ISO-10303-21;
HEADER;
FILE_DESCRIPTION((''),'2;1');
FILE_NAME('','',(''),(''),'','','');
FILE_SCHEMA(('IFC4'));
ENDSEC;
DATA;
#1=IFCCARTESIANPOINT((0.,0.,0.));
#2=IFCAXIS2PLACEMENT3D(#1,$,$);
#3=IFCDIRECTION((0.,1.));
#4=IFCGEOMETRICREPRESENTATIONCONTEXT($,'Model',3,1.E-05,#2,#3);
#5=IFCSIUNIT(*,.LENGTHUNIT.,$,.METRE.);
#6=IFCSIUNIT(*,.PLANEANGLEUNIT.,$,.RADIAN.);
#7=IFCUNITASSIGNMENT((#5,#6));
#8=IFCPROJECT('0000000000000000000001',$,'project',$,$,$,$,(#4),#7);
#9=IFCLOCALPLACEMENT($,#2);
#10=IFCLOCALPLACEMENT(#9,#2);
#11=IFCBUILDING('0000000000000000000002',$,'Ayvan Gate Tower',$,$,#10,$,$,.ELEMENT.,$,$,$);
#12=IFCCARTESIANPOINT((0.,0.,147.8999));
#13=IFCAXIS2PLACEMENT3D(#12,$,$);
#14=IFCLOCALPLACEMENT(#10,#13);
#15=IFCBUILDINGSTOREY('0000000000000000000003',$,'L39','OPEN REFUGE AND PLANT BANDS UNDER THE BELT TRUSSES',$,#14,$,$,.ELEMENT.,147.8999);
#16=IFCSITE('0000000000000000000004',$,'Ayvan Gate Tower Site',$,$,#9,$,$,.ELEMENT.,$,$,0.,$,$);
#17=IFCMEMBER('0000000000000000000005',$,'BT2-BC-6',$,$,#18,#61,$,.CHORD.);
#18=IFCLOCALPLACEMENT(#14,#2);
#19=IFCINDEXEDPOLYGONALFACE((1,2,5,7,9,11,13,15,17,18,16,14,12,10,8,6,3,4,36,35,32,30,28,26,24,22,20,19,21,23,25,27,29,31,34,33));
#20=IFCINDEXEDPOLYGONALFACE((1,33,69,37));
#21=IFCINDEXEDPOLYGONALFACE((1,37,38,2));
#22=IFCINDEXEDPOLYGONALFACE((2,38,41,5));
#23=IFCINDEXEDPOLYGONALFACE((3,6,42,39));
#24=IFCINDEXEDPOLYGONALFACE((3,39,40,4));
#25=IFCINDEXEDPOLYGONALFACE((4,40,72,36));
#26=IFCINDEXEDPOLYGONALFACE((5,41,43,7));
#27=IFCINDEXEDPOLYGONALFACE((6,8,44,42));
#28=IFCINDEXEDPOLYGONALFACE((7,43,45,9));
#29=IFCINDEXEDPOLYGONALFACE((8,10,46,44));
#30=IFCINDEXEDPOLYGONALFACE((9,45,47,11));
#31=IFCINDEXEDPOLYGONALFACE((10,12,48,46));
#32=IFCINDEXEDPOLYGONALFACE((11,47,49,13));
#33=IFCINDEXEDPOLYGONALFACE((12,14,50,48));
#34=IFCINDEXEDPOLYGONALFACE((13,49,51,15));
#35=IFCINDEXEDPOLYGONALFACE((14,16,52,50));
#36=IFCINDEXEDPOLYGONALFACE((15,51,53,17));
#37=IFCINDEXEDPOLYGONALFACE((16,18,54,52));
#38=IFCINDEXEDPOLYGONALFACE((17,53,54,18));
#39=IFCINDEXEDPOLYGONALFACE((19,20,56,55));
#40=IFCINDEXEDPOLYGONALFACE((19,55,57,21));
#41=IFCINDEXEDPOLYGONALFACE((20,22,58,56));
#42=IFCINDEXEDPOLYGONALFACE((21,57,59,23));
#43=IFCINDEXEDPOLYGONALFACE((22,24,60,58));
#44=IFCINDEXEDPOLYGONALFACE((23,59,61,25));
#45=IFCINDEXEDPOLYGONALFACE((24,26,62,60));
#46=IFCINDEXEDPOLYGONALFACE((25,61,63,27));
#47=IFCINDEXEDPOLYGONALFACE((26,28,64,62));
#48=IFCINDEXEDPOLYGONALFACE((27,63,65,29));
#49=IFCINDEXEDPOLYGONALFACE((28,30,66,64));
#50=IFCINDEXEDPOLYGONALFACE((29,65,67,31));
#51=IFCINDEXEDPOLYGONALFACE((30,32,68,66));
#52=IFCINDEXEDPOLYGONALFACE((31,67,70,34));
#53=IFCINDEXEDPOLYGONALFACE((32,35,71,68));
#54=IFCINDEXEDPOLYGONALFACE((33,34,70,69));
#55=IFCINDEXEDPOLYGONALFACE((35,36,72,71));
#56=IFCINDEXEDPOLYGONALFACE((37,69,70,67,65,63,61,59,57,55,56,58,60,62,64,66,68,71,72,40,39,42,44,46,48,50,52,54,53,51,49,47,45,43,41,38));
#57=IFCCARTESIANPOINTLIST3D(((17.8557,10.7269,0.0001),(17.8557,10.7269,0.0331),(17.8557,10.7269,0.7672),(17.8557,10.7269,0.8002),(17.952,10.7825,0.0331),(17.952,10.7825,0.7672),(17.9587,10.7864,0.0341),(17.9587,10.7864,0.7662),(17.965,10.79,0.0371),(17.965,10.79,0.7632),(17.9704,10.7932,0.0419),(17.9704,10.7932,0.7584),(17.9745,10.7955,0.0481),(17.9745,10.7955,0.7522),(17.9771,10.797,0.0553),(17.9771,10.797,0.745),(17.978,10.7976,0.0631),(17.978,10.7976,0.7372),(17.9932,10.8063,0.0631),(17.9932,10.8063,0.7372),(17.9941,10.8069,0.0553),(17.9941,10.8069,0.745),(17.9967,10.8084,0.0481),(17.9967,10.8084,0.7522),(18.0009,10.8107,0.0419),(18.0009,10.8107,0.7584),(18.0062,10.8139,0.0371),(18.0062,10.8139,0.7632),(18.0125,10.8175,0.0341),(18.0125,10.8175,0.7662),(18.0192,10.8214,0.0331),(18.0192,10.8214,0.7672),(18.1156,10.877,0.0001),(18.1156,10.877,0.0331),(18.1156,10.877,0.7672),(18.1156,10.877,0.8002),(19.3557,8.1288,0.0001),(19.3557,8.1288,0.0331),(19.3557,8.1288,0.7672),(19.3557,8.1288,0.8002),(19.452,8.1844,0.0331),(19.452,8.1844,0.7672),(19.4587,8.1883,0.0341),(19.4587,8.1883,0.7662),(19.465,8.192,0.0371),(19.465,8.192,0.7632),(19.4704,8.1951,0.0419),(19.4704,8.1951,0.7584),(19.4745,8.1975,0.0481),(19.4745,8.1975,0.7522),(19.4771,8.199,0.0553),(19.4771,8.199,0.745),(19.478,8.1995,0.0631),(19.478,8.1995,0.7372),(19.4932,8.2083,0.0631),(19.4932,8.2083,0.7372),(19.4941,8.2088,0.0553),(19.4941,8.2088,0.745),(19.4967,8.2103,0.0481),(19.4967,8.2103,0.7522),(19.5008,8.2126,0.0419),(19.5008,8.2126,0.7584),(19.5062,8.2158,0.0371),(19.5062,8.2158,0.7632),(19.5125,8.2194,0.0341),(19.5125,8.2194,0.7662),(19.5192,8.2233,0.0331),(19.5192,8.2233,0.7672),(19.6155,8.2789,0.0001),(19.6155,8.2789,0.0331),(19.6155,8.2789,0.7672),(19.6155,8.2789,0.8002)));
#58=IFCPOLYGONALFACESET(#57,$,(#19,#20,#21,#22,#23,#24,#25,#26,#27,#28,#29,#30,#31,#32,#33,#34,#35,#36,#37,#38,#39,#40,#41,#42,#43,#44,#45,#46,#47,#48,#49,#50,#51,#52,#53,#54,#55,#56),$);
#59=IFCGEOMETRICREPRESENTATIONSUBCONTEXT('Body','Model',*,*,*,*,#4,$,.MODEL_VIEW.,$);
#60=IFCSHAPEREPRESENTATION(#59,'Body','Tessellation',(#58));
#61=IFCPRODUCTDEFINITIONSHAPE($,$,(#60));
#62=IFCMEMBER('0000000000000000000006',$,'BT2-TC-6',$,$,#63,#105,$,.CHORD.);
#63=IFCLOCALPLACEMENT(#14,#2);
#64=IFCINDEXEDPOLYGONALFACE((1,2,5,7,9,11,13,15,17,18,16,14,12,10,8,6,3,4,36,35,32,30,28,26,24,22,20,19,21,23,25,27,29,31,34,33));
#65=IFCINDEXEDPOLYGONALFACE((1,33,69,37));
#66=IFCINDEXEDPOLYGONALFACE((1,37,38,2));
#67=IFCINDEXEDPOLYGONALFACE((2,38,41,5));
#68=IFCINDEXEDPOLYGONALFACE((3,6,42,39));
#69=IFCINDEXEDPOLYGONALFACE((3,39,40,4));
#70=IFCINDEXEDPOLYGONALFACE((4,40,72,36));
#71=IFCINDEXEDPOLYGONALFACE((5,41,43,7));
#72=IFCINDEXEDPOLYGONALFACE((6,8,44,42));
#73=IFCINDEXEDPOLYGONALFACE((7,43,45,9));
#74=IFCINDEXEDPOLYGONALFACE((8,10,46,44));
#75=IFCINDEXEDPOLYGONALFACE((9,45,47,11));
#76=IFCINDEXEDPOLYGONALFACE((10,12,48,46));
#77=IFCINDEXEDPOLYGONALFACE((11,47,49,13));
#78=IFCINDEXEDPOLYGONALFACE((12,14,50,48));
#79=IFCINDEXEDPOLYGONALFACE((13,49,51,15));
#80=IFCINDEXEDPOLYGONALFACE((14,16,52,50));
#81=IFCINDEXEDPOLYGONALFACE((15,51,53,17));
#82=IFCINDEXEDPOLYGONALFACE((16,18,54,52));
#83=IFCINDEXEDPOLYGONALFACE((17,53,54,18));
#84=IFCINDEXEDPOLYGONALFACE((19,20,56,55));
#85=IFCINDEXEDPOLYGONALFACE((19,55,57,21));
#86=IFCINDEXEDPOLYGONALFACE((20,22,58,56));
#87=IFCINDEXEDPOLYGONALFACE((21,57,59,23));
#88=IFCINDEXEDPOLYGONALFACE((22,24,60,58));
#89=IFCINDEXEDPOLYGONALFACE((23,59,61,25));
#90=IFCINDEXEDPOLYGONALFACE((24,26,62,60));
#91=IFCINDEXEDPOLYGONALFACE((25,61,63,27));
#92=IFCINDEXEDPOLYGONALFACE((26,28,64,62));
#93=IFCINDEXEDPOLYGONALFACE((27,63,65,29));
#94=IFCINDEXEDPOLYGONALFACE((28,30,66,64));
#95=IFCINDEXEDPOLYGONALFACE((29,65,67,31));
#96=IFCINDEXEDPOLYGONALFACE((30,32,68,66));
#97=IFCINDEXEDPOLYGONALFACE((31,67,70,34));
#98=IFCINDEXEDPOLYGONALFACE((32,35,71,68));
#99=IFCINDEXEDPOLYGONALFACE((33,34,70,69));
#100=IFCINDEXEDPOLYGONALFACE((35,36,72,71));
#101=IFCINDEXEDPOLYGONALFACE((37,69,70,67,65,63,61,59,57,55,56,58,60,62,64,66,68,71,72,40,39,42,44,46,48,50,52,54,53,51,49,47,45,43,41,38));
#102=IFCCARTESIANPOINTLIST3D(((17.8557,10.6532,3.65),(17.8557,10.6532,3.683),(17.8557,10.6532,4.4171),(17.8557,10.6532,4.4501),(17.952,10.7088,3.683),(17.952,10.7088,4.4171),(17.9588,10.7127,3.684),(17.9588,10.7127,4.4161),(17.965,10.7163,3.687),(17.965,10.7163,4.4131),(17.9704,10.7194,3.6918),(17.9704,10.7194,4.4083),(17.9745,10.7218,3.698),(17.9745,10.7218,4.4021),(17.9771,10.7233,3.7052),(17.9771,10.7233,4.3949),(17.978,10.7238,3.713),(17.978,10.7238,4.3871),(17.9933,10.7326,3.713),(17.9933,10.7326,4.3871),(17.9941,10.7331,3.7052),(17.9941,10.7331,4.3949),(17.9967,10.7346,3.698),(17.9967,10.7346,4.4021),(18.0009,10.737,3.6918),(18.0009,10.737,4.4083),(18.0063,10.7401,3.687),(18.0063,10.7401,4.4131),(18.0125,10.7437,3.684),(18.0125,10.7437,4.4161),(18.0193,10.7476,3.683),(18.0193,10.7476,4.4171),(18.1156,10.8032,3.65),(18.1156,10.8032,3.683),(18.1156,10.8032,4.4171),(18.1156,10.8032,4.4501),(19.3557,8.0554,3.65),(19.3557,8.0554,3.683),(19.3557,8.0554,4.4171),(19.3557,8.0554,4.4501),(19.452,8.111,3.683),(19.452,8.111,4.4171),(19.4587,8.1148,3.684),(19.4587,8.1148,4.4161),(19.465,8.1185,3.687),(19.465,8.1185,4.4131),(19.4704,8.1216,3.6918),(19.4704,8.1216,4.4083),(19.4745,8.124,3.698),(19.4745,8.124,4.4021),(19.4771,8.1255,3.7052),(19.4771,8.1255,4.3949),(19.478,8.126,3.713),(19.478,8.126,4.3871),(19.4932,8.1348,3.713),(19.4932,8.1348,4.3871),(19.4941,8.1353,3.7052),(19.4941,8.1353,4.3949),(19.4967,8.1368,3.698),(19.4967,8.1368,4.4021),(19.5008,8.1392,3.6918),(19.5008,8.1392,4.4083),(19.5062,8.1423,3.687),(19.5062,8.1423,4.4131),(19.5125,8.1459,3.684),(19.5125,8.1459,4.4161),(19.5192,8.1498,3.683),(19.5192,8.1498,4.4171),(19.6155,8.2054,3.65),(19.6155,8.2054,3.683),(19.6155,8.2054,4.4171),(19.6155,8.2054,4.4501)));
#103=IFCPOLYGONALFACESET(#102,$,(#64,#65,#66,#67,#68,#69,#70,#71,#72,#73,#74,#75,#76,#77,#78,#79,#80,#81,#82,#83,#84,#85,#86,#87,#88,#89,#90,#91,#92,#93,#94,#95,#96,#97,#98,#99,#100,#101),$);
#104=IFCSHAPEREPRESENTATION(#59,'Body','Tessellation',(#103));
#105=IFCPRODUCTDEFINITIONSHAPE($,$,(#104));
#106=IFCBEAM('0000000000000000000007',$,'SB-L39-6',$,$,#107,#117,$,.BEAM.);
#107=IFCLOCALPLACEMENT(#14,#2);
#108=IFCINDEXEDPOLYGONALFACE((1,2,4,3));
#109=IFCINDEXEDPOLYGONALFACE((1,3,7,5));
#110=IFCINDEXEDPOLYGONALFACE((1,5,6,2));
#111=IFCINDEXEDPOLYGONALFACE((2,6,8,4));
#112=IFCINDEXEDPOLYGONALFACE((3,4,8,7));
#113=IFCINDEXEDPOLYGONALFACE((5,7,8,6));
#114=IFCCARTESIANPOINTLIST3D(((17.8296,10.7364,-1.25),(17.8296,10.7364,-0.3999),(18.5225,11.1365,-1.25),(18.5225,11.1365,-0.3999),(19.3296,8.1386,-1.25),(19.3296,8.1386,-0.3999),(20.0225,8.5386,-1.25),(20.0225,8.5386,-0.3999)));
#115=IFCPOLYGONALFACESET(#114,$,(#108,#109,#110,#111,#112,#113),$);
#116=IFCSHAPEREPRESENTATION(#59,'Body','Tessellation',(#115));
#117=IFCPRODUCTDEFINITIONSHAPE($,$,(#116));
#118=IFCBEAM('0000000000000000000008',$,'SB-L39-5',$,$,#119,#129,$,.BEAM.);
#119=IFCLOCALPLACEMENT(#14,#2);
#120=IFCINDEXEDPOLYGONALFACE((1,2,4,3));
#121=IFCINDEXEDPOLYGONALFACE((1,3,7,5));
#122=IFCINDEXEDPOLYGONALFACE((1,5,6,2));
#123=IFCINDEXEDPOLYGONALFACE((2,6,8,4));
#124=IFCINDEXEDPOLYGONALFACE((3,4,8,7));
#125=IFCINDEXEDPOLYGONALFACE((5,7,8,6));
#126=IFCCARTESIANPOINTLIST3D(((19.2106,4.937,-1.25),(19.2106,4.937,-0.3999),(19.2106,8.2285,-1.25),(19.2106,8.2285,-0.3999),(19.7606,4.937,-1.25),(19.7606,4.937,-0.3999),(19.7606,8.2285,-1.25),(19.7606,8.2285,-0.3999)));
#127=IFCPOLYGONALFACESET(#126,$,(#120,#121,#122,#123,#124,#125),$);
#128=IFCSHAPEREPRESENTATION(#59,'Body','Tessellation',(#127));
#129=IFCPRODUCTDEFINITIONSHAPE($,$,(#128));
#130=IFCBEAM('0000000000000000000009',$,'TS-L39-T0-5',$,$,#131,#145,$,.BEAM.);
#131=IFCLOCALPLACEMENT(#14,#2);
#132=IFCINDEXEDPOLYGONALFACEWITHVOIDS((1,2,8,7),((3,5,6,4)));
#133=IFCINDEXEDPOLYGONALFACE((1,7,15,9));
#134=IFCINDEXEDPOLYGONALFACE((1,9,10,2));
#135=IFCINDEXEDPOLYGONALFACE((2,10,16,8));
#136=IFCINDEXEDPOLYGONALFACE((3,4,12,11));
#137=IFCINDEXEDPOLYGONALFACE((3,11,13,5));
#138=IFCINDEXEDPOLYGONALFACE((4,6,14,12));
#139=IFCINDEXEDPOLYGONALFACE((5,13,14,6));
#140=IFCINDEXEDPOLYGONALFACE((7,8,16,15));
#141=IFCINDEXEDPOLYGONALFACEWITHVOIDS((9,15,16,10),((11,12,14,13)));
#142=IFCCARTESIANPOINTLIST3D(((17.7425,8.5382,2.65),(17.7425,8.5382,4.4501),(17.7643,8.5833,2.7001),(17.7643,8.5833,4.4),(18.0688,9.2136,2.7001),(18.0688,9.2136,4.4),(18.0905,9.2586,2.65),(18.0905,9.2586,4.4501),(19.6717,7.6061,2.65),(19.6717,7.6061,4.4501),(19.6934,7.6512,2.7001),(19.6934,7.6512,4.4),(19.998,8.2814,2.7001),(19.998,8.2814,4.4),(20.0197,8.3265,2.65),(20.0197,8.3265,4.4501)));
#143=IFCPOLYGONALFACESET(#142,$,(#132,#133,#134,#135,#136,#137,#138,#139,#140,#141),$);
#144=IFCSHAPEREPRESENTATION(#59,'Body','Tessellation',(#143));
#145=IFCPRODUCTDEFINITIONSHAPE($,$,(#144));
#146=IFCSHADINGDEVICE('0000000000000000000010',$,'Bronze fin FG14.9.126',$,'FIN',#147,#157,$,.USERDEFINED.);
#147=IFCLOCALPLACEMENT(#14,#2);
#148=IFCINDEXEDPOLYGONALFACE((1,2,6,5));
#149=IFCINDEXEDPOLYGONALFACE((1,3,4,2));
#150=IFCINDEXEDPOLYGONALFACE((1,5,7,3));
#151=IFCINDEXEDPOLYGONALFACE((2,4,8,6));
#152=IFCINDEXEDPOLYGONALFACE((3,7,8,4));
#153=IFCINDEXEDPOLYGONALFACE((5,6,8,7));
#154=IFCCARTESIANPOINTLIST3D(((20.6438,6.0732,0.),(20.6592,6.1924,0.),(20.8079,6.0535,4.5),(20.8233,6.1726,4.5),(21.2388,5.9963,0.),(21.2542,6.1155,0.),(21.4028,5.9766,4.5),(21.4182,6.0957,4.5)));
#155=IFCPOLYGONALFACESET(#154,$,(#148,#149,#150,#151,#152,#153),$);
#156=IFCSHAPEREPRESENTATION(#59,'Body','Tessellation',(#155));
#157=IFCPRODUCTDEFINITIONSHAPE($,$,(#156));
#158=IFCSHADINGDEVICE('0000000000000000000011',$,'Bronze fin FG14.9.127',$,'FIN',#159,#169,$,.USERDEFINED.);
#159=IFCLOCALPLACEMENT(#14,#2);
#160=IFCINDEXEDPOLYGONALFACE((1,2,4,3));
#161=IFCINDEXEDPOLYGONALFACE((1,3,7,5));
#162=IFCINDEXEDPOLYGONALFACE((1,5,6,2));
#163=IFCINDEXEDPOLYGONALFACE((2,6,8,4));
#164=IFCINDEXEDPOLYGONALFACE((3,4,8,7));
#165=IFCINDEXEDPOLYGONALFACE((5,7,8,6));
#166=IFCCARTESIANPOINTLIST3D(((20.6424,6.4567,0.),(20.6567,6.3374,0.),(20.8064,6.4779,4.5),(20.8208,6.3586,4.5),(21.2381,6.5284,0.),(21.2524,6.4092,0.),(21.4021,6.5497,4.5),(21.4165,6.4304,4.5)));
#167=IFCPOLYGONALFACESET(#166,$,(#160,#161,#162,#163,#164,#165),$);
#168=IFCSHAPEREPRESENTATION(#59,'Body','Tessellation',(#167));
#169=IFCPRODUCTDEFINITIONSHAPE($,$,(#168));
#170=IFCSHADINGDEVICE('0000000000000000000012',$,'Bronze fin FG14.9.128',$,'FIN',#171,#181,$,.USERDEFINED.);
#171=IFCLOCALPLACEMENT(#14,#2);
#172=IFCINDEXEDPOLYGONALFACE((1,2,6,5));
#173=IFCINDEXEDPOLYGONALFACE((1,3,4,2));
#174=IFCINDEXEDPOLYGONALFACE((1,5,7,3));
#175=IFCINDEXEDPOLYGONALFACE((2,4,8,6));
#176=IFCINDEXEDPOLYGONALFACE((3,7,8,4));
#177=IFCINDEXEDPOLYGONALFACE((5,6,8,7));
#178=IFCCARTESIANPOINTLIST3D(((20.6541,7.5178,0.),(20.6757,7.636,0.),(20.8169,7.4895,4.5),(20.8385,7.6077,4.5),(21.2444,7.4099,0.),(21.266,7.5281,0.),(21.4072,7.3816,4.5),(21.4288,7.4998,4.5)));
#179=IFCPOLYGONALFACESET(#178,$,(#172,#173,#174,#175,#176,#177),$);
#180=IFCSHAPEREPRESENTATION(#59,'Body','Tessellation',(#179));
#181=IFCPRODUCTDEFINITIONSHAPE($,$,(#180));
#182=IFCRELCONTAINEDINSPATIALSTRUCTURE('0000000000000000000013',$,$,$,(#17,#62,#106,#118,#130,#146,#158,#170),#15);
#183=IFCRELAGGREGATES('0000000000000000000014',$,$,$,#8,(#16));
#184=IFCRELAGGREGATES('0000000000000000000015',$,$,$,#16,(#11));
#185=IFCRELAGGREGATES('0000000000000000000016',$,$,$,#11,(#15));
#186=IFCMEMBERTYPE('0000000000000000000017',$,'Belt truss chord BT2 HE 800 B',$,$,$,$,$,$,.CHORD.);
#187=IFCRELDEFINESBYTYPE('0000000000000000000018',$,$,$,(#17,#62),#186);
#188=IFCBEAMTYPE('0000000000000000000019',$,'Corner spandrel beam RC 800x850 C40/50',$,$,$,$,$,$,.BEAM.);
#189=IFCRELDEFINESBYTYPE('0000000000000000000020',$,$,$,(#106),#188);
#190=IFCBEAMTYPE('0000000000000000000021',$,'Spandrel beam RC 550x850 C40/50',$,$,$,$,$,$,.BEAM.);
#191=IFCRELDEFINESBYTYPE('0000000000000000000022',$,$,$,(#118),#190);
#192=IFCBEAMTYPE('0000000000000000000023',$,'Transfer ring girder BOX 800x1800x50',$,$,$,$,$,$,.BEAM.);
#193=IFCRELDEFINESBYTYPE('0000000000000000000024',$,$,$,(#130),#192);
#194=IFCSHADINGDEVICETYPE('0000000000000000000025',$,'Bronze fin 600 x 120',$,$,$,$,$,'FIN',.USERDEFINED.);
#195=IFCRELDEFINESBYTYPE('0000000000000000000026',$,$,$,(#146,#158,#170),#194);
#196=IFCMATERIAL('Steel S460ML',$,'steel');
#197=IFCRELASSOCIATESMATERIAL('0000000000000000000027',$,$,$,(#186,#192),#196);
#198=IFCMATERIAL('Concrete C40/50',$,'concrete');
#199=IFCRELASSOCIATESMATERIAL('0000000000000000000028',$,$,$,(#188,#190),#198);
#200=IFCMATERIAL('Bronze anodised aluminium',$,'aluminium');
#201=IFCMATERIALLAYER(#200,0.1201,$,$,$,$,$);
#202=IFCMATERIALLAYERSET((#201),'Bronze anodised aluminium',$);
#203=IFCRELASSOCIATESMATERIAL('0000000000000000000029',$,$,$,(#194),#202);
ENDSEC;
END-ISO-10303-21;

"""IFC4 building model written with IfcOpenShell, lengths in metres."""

from ifc_helpers import new_model, si_unit, direction, frame, origin, origin_2d, place, context, subcontext, project, spatial, polyline, rectangle, hollow_rectangle, i_section, outline, extrude, material, layer, layer_set, material_profile, profile_set, type_object, element, save


model = new_model("IFC4")

# Units and contexts
model_context = context("Model", 3, precision=1e-05, world=origin(), true_north=direction((0.0, 1.0)))
body_context = subcontext(model_context, "Body", "Model", "MODEL_VIEW")
ifc_project = project(units=[si_unit("LENGTHUNIT", "METRE"), si_unit("PLANEANGLEUNIT", "RADIAN")], contexts=[model_context])

# Site, building, storey
site_placement = place(None, origin())
site = spatial("IfcSite", under=ifc_project, at=site_placement, Name="Ayvan Gate Tower Site", CompositionType="ELEMENT", RefElevation=0.0)
building_placement = place(site_placement, origin())
building = spatial("IfcBuilding", under=site, at=building_placement, Name="Ayvan Gate Tower", CompositionType="ELEMENT")
storey_placement = place(building_placement, frame((0.0, 0.0, 147.8999)))
storey = spatial("IfcBuildingStorey", under=building, at=storey_placement, Name="L39", Description="OPEN REFUGE AND PLANT BANDS UNDER THE BELT TRUSSES", CompositionType="ELEMENT", Elevation=147.8999)

# Members
ifc_material_1 = material(Name="Steel S460ML", Category="steel")
ifc_material_profile_1 = material_profile(ifc_material_1, i_section(OverallWidth=0.3, OverallDepth=0.8, WebThickness=0.0176, FlangeThickness=0.033, FilletRadius=0.03, at=origin_2d()), Name="HE 800 B")
ifc_profile_set_1 = profile_set([ifc_material_profile_1], Name="Steel S460ML")
member_type_1 = type_object("IfcMemberType", Name="Belt truss chord BT2 HE 800 B", PredefinedType="CHORD", material=ifc_profile_set_1)
member_1_placement = place(storey_placement, frame((19.4856, 8.2039, 0.4001), z_axis=(-0.49999, 0.866031, 0.0), x_axis=(-0.866031, -0.49999, 0.0)))
element("IfcMember", 1, at=member_1_placement, inside=storey, type_object=member_type_1, Name="BT2-BC-6", PredefinedType="CHORD", context=body_context, shape_type="SweptSolid", body=[
    extrude(i_section(OverallWidth=0.3, OverallDepth=0.8, WebThickness=0.0176, FlangeThickness=0.033, FilletRadius=0.03, at=origin_2d()), origin(), (0.0, 0.0, 1.0), 3.0),
])
member_2_placement = place(storey_placement, frame((19.4856, 8.1304, 4.05), z_axis=(-0.500025, 0.866011, 0.0), x_axis=(-0.866011, -0.500025, 0.0)))
element("IfcMember", 2, at=member_2_placement, inside=storey, type_object=member_type_1, Name="BT2-TC-6", PredefinedType="CHORD", context=body_context, shape_type="SweptSolid", body=[
    extrude(i_section(OverallWidth=0.3, OverallDepth=0.8, WebThickness=0.0176, FlangeThickness=0.033, FilletRadius=0.03, at=origin_2d()), origin(), (0.0, 0.0, 1.0), 2.9998),
])

# Beams
ifc_material_2 = material(Name="Concrete C40/50", Category="concrete")
ifc_material_profile_2 = material_profile(ifc_material_2, rectangle(XDim=0.8, YDim=0.8501, at=origin_2d()), Name="RC 800x850")
ifc_profile_set_2 = profile_set([ifc_material_profile_2], Name="Concrete C40/50")
beam_type_1 = type_object("IfcBeamType", Name="Corner spandrel beam RC 800x850 C40/50", PredefinedType="BEAM", material=ifc_profile_set_2)
beam_1_placement = place(storey_placement, frame((19.676, 8.3386, -0.825), z_axis=(-0.500025, 0.866011, 0.0), x_axis=(-0.866011, -0.500025, 0.0)))
element("IfcBeam", 3, at=beam_1_placement, inside=storey, type_object=beam_type_1, Name="SB-L39-6", PredefinedType="BEAM", context=body_context, shape_type="SweptSolid", body=[
    extrude(rectangle(XDim=0.8, YDim=0.8501, at=origin_2d()), origin(), (0.0, 0.0, 1.0), 2.9998),
])
ifc_material_profile_3 = material_profile(ifc_material_2, rectangle(XDim=0.55, YDim=0.8501, at=origin_2d()), Name="RC 550x850")
ifc_profile_set_3 = profile_set([ifc_material_profile_3], Name="Concrete C40/50")
beam_type_2 = type_object("IfcBeamType", Name="Spandrel beam RC 550x850 C40/50", PredefinedType="BEAM", material=ifc_profile_set_3)
beam_2_placement = place(storey_placement, frame((19.4856, 4.937, -0.825), z_axis=(0.0, 1.0, 0.0), x_axis=(-1.0, 0.0, 0.0)))
element("IfcBeam", 4, at=beam_2_placement, inside=storey, type_object=beam_type_2, Name="SB-L39-5", PredefinedType="BEAM", context=body_context, shape_type="SweptSolid", body=[
    extrude(rectangle(XDim=0.55, YDim=0.8501, at=origin_2d()), origin(), (0.0, 0.0, 1.0), 3.2915),
])
ifc_material_profile_4 = material_profile(ifc_material_1, hollow_rectangle(XDim=0.8, YDim=1.8, WallThickness=0.05, at=origin_2d()), Name="BOX 800x1800x50")
ifc_profile_set_4 = profile_set([ifc_material_profile_4], Name="Steel S460ML")
beam_type_3 = type_object("IfcBeamType", Name="Transfer ring girder BOX 800x1800x50", PredefinedType="BEAM", material=ifc_profile_set_4)
beam_3_placement = place(storey_placement, frame((19.8457, 7.9663, 3.55), z_axis=(-0.900407, 0.435049, 0.0), x_axis=(-0.435049, -0.900407, 0.0)))
element("IfcBeam", 5, at=beam_3_placement, inside=storey, type_object=beam_type_3, Name="TS-L39-T0-5", PredefinedType="BEAM", context=body_context, shape_type="SweptSolid", body=[
    extrude(hollow_rectangle(XDim=0.8, YDim=1.8, WallThickness=0.05, at=origin_2d()), origin(), (0.0, 0.0, 1.0), 2.1426),
])

# Shading devices
ifc_material_3 = material(Name="Bronze anodised aluminium", Category="aluminium")
ifc_layer_1 = layer(ifc_material_3, 0.1201)
ifc_layer_set_1 = layer_set([ifc_layer_1], Name="Bronze anodised aluminium")
shading_device_type = type_object("IfcShadingDeviceType", Name="Bronze fin 600 x 120", ElementType="FIN", PredefinedType="USERDEFINED", material=ifc_layer_set_1)
shading_device_1_placement = place(storey_placement, frame((20.6438, 6.0732, 0.0), z_axis=(-0.128191, -0.991749, 0.000315), x_axis=(0.99175, -0.128191, 0.0)))
element("IfcShadingDevice", 6, at=shading_device_1_placement, inside=storey, type_object=shading_device_type, Name="Bronze fin FG14.9.126", ObjectType="FIN", PredefinedType="USERDEFINED", context=body_context, shape_type="SweptSolid", body=[
    extrude(outline(polyline([(0.0, 0.0), (0.5999, 0.0), (0.7652, 4.5), (0.1652, 4.5), (0.0, 0.0)])), origin(), (0.0, 0.0, -1.0), 0.1201),
])
shading_device_2_placement = place(storey_placement, frame((20.6567, 6.3374, 0.0), z_axis=(0.119627, -0.992819, 0.000325), x_axis=(0.992819, 0.119627, 0.0)))
element("IfcShadingDevice", 7, at=shading_device_2_placement, inside=storey, type_object=shading_device_type, Name="Bronze fin FG14.9.127", ObjectType="FIN", PredefinedType="USERDEFINED", context=body_context, shape_type="SweptSolid", body=[
    extrude(outline(polyline([(0.0, 0.0), (0.6, 0.0), (0.7654, 4.5), (0.1654, 4.5), (0.0, 0.0)])), origin(), (0.0, 0.0, -1.0), 0.1201),
])
shading_device_3_placement = place(storey_placement, frame((20.6541, 7.5178, 0.0), z_axis=(-0.179816, -0.9837, 0.000316), x_axis=(0.9837, -0.179816, 0.0)))
element("IfcShadingDevice", 8, at=shading_device_3_placement, inside=storey, type_object=shading_device_type, Name="Bronze fin FG14.9.128", ObjectType="FIN", PredefinedType="USERDEFINED", context=body_context, shape_type="SweptSolid", body=[
    extrude(outline(polyline([(0.0, 0.0), (0.6001, 0.0), (0.7654, 4.5), (0.1653, 4.5), (0.0, 0.0)])), origin(), (0.0, 0.0, -1.0), 0.1201),
])

save(model, "model.ifc")
